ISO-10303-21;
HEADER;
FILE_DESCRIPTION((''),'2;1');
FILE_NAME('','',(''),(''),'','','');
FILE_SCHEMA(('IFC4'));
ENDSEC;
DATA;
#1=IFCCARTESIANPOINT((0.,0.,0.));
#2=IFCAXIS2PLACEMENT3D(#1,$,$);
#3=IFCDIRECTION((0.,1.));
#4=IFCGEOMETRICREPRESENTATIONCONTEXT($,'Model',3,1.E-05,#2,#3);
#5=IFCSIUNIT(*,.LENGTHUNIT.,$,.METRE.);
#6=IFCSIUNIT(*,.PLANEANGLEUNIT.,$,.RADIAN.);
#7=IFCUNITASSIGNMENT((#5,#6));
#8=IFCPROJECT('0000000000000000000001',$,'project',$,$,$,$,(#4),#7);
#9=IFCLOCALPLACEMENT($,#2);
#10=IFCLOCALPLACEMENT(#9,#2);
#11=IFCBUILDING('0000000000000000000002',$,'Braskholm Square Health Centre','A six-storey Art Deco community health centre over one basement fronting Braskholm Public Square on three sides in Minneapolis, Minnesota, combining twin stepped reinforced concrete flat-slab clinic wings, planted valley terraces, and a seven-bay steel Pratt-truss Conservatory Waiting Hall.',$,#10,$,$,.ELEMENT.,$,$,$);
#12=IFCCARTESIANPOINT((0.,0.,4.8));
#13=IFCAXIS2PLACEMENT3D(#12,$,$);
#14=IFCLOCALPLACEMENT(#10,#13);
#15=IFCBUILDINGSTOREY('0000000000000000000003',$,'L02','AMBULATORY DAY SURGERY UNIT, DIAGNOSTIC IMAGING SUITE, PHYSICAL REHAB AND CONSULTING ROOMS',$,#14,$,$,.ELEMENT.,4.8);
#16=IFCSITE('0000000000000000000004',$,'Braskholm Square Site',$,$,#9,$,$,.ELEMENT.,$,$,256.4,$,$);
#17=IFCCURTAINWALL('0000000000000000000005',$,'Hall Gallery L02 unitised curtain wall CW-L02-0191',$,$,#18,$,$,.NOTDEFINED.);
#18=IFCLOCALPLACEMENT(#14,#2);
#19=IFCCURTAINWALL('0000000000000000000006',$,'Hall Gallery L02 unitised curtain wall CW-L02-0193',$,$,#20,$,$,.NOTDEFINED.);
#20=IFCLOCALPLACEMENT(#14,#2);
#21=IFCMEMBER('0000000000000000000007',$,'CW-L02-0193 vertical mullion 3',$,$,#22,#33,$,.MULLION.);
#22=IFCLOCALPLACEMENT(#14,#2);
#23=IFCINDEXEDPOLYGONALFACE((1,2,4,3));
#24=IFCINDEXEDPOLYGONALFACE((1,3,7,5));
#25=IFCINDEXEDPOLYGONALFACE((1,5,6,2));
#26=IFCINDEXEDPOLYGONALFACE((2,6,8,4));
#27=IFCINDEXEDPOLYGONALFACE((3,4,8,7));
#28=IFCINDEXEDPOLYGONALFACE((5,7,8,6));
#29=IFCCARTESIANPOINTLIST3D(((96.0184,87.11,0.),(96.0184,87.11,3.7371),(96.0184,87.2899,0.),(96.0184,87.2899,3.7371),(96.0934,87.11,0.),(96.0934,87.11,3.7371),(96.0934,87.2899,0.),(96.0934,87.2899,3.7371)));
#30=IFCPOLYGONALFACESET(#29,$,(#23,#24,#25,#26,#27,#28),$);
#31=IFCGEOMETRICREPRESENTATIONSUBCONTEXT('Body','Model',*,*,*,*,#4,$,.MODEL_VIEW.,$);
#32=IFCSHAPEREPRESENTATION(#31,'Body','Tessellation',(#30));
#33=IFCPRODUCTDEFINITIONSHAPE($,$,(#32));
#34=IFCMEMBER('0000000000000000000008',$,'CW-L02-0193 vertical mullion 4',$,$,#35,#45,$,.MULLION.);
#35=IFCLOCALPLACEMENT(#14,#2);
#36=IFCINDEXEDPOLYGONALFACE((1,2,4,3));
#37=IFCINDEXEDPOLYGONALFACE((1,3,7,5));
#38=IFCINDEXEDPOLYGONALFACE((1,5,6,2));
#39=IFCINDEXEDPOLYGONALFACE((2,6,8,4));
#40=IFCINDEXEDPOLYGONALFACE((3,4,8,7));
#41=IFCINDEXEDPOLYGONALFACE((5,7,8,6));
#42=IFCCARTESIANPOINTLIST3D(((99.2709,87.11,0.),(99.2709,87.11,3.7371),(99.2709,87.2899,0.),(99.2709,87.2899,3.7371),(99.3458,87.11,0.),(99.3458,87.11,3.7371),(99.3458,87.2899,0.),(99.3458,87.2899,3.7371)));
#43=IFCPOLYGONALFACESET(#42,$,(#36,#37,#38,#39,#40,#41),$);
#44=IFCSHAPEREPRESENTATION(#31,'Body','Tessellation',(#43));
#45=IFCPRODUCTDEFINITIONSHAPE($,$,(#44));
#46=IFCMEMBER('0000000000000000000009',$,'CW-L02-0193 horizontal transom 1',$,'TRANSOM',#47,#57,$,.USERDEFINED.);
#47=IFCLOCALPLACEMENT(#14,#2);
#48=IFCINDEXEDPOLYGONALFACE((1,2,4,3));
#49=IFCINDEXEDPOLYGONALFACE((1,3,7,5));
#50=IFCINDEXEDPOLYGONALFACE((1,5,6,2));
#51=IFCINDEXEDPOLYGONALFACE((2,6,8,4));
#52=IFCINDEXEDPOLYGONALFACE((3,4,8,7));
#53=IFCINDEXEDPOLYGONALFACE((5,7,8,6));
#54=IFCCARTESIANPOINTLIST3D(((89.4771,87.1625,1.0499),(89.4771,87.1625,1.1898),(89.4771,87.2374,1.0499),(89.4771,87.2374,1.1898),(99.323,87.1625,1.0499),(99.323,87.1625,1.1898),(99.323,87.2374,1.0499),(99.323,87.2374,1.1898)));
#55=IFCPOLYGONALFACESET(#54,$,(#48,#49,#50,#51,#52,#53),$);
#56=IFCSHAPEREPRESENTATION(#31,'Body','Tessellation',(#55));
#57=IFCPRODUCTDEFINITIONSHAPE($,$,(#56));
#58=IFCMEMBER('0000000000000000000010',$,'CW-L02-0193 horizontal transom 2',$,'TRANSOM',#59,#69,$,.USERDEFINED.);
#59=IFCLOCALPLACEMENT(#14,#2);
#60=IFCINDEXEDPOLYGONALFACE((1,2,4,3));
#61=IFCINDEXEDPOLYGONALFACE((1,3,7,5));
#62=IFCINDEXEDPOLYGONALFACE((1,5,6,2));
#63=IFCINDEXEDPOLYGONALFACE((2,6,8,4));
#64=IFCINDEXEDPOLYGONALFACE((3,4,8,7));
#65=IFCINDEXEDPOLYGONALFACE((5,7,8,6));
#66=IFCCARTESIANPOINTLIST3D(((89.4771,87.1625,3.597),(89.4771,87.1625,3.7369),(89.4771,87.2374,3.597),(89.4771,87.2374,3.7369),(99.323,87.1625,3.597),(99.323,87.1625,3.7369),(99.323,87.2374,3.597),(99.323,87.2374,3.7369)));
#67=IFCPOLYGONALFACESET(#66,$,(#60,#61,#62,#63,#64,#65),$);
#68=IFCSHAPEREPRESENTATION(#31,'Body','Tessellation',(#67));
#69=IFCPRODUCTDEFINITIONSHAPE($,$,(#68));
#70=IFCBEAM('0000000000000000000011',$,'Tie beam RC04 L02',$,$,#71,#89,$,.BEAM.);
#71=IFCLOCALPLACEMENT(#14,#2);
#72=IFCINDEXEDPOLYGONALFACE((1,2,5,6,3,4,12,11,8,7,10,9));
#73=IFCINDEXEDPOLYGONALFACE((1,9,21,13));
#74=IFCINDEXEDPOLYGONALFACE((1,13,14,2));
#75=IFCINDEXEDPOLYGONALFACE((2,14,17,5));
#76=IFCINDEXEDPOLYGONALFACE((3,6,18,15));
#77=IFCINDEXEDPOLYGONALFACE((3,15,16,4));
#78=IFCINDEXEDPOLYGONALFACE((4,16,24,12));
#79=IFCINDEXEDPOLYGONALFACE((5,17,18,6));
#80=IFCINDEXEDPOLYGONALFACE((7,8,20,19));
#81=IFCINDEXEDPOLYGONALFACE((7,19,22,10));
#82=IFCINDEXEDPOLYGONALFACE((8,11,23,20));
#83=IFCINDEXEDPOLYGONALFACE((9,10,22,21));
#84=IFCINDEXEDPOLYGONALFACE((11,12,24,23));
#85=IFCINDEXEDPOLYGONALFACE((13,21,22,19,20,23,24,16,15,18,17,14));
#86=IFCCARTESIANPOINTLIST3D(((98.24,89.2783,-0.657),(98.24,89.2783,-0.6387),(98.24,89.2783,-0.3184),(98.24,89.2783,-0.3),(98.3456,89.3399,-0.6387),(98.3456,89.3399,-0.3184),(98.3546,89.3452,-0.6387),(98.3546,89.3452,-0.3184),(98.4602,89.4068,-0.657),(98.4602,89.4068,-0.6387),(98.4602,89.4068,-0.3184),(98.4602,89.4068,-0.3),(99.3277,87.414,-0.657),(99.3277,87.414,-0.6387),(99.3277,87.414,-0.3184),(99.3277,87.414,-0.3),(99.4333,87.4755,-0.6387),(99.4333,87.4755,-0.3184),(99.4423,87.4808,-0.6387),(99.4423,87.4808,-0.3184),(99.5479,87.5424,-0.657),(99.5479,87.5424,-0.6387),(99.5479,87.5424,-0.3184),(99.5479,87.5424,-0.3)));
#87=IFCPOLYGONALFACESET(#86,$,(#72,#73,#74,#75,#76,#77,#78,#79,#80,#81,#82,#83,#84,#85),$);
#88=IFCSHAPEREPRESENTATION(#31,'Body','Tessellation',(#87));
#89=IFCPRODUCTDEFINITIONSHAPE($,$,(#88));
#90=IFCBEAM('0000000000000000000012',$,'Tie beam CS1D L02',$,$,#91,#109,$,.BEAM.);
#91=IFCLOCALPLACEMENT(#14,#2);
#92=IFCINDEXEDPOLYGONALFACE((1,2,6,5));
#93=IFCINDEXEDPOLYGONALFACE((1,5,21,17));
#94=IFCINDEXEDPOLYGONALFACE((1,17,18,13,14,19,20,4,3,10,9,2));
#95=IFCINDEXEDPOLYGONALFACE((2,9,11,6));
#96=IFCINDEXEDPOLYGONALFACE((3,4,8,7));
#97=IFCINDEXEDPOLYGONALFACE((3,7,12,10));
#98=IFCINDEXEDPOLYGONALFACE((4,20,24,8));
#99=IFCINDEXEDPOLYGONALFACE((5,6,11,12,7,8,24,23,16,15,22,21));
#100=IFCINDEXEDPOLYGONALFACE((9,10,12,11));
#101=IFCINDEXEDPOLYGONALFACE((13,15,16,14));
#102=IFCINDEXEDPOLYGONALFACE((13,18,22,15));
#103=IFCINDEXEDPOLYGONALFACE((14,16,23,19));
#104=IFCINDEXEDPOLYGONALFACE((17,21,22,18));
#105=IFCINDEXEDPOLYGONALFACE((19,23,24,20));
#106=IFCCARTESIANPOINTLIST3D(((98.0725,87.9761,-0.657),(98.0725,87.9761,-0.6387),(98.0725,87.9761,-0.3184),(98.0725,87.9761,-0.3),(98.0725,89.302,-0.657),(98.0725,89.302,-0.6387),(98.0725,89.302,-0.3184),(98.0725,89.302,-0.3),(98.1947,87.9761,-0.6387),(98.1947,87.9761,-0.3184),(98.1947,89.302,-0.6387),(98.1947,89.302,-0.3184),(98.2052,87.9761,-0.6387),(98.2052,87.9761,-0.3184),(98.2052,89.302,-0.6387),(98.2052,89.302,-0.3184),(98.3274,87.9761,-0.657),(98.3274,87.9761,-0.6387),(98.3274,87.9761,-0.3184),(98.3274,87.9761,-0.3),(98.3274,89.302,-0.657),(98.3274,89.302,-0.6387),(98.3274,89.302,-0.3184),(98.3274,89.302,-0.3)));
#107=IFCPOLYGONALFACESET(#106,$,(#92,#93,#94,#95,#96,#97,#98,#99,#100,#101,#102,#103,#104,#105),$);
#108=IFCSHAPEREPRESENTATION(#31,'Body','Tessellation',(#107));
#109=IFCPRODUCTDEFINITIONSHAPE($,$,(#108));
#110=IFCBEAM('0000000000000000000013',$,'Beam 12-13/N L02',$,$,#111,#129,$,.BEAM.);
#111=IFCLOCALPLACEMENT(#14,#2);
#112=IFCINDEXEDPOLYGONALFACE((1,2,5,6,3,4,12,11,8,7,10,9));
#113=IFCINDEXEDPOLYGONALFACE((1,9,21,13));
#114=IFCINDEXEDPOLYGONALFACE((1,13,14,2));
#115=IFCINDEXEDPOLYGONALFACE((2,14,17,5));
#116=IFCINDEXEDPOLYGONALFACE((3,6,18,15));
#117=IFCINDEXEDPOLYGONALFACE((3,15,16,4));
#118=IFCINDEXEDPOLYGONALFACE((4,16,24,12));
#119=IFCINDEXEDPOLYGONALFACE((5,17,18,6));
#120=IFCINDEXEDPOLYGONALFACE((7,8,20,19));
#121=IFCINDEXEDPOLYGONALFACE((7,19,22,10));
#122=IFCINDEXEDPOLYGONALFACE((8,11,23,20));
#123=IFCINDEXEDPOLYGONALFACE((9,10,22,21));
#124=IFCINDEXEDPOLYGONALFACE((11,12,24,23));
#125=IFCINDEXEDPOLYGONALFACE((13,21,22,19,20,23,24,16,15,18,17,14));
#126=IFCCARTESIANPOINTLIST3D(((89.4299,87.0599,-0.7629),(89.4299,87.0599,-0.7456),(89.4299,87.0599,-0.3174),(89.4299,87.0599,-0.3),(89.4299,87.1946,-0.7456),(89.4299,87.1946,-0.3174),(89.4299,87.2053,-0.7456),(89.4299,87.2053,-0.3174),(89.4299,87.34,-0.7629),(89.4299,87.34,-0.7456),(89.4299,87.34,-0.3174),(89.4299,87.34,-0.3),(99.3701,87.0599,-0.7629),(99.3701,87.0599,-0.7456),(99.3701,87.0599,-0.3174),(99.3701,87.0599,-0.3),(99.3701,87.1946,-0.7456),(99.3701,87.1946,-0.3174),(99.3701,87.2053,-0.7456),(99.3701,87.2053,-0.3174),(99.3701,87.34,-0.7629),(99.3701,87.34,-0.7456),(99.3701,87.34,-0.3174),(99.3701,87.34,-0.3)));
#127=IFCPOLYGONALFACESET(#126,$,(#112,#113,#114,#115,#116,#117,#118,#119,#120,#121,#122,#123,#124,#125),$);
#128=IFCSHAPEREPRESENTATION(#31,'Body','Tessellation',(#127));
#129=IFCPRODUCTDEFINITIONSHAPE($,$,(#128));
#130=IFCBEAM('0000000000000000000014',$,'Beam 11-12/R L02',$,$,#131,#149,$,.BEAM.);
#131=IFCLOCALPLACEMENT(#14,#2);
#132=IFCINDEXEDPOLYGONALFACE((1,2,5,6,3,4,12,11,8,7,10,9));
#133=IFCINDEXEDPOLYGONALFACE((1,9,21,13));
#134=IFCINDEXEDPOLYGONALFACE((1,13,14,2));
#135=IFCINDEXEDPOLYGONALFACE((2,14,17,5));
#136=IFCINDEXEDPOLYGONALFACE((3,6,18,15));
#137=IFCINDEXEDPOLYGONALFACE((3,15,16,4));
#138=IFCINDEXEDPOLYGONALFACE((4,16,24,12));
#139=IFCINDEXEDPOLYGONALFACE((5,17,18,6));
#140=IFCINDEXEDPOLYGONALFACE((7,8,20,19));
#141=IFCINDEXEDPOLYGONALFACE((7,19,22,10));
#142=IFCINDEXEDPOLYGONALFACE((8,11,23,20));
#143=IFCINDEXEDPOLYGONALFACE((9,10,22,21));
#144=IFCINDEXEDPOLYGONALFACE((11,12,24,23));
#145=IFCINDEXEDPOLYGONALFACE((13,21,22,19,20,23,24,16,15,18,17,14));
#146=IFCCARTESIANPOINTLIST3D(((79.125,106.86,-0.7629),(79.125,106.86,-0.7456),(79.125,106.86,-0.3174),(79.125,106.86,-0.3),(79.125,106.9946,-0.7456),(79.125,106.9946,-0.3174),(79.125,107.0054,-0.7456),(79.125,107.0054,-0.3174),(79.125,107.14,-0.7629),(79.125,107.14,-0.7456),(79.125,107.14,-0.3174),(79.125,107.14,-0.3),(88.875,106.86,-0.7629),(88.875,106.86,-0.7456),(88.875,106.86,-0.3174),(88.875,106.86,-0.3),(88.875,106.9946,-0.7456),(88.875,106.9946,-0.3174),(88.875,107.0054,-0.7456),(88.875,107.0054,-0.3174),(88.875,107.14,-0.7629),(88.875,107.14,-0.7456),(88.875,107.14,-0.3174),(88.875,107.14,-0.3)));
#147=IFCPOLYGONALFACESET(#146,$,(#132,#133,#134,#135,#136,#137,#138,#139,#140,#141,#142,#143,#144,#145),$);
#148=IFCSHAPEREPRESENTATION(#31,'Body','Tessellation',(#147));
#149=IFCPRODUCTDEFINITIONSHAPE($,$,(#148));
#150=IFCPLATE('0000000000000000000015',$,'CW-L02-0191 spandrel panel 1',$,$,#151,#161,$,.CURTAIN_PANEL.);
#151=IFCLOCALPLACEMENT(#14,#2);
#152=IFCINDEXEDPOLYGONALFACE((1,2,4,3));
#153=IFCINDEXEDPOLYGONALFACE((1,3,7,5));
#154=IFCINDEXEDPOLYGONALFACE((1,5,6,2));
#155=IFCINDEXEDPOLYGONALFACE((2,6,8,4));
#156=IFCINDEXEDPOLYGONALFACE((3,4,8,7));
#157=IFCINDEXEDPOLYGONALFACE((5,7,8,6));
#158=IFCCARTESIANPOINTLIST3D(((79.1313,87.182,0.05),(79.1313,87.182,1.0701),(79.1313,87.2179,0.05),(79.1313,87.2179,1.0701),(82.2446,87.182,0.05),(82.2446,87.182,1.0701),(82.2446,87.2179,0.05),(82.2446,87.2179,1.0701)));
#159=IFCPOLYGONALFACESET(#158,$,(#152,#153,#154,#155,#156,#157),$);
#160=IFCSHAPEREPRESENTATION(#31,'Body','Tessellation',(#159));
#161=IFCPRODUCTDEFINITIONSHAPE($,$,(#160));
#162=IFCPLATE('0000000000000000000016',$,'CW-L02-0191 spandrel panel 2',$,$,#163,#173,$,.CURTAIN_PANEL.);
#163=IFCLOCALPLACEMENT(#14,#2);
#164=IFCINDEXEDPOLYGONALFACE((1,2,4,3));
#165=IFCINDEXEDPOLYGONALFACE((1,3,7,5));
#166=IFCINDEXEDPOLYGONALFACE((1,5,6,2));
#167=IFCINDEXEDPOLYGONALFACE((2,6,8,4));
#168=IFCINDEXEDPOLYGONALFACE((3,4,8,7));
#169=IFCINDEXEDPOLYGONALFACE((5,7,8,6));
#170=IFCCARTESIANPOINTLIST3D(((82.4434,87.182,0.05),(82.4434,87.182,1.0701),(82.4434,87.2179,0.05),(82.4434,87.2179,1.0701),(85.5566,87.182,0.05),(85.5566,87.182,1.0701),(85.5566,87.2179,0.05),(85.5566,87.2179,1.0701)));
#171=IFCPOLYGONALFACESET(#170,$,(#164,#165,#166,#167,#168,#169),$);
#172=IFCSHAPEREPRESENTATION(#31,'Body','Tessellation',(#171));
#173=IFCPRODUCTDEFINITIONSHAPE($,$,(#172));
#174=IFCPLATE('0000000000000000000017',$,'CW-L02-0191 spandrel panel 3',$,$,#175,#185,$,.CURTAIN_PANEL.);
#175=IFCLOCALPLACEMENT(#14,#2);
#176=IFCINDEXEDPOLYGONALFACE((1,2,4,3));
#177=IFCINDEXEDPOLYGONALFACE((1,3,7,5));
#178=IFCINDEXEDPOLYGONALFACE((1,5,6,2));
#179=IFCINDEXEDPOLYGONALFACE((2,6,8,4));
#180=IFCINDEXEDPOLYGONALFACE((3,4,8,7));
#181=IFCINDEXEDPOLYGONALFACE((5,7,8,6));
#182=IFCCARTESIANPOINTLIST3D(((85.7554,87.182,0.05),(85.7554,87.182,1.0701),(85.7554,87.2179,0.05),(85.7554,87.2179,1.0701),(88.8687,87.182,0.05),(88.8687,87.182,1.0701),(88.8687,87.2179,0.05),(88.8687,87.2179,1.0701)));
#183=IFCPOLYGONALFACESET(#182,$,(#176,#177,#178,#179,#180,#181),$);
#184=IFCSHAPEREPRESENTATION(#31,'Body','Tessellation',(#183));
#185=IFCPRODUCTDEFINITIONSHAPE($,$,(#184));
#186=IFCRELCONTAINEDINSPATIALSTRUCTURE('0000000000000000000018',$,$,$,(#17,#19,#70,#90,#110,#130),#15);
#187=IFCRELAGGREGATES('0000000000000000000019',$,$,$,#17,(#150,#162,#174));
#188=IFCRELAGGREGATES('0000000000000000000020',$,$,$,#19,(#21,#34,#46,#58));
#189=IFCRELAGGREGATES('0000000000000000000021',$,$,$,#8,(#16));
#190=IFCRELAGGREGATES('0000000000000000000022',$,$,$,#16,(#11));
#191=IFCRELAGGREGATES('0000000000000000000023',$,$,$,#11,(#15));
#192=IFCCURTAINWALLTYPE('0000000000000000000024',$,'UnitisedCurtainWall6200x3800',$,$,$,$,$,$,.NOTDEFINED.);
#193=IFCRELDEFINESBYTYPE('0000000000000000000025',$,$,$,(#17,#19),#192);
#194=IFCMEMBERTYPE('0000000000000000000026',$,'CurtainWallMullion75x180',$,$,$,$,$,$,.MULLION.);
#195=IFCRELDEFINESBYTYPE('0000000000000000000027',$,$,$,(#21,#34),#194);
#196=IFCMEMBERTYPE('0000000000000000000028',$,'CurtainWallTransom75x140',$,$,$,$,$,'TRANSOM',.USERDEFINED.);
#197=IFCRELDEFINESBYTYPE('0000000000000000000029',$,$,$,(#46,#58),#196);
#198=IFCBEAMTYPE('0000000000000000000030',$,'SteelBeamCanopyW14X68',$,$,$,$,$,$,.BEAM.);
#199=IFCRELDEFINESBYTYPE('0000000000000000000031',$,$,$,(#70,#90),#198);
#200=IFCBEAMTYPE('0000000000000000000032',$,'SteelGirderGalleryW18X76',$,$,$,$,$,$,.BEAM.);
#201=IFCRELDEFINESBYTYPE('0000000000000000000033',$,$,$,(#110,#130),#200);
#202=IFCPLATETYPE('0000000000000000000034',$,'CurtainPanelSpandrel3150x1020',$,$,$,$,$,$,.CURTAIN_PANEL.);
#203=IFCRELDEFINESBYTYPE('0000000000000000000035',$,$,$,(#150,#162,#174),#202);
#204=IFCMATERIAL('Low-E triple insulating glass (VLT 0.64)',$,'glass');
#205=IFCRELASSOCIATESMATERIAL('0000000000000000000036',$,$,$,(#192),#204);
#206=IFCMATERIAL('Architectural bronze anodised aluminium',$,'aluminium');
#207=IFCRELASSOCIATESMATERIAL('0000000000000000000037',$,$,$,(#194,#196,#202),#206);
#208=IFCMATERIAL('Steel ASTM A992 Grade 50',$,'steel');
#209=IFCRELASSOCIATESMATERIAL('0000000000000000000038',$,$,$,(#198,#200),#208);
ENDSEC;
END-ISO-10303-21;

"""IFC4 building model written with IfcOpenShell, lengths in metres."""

from ifc_helpers import new_model, si_unit, direction, frame, origin, origin_2d, place, context, subcontext, project, spatial, rectangle, i_section, extrude, material, material_profile, profile_set, type_object, element, aggregate, save


model = new_model("IFC4")

# Units and contexts
model_context = context("Model", 3, precision=1e-05, world=origin(), true_north=direction((0.0, 1.0)))
body_context = subcontext(model_context, "Body", "Model", "MODEL_VIEW")
ifc_project = project(units=[si_unit("LENGTHUNIT", "METRE"), si_unit("PLANEANGLEUNIT", "RADIAN")], contexts=[model_context])

# Site, building, storey
site_placement = place(None, origin())
site = spatial("IfcSite", under=ifc_project, at=site_placement, Name="Braskholm Square Site", CompositionType="ELEMENT", RefElevation=256.4)
building_placement = place(site_placement, origin())
building = spatial("IfcBuilding", under=site, at=building_placement, Name="Braskholm Square Health Centre", Description="A six-storey Art Deco community health centre over one basement fronting Braskholm Public Square on three sides in Minneapolis, Minnesota, combining twin stepped reinforced concrete flat-slab clinic wings, planted valley terraces, and a seven-bay steel Pratt-truss Conservatory Waiting Hall.", CompositionType="ELEMENT")
storey_placement = place(building_placement, frame((0.0, 0.0, 4.8)))
storey = spatial("IfcBuildingStorey", under=building, at=storey_placement, Name="L02", Description="AMBULATORY DAY SURGERY UNIT, DIAGNOSTIC IMAGING SUITE, PHYSICAL REHAB AND CONSULTING ROOMS", CompositionType="ELEMENT", Elevation=4.8)

# Shared definitions
ifc_material_1 = material(Name="Steel ASTM A992 Grade 50", Category="steel")

# Curtain walls, members
ifc_material_2 = material(Name="Low-E triple insulating glass (VLT 0.64)", Category="glass")
curtain_wall_type = type_object("IfcCurtainWallType", Name="UnitisedCurtainWall6200x3800", PredefinedType="NOTDEFINED", material=ifc_material_2)
curtain_wall_1_placement = place(storey_placement, origin())
curtain_wall_1 = element("IfcCurtainWall", 1, at=curtain_wall_1_placement, inside=storey, type_object=curtain_wall_type, Name="Hall Gallery L02 unitised curtain wall CW-L02-0191", PredefinedType="NOTDEFINED")
ifc_material_3 = material(Name="Architectural bronze anodised aluminium", Category="aluminium")
ifc_material_profile_1 = material_profile(ifc_material_3, rectangle(XDim=0.075, YDim=0.1799, at=origin_2d()), Name="ALU-75X180")
ifc_profile_set_1 = profile_set([ifc_material_profile_1], Name="Architectural bronze anodised aluminium")
member_type_1 = type_object("IfcMemberType", Name="CurtainWallMullion75x180", PredefinedType="MULLION", material=ifc_profile_set_1)
curtain_wall_2_placement = place(storey_placement, origin())
curtain_wall_2 = element("IfcCurtainWall", 2, at=curtain_wall_2_placement, inside=storey, type_object=curtain_wall_type, Name="Hall Gallery L02 unitised curtain wall CW-L02-0193", PredefinedType="NOTDEFINED")
member_1_placement = place(storey_placement, frame((96.0559, 87.2, 0.0), z_axis=(0.0, 0.0, 1.0), x_axis=(1.0, 0.0, 0.0)))
member_1 = element("IfcMember", 3, at=member_1_placement, type_object=member_type_1, Name="CW-L02-0193 vertical mullion 3", PredefinedType="MULLION", context=body_context, shape_type="SweptSolid", body=[
    extrude(rectangle(XDim=0.075, YDim=0.1799, at=origin_2d()), origin(), (0.0, 0.0, 1.0), 3.7371),
])
member_2_placement = place(storey_placement, frame((99.3083, 87.2, 0.0), z_axis=(0.0, 0.0, 1.0), x_axis=(1.0, 0.0, 0.0)))
member_2 = element("IfcMember", 4, at=member_2_placement, type_object=member_type_1, Name="CW-L02-0193 vertical mullion 4", PredefinedType="MULLION", context=body_context, shape_type="SweptSolid", body=[
    extrude(rectangle(XDim=0.075, YDim=0.1799, at=origin_2d()), origin(), (0.0, 0.0, 1.0), 3.7371),
])
ifc_material_profile_2 = material_profile(ifc_material_3, rectangle(XDim=0.075, YDim=0.1399, at=origin_2d()), Name="ALU-75X140")
ifc_profile_set_2 = profile_set([ifc_material_profile_2], Name="Architectural bronze anodised aluminium")
member_type_2 = type_object("IfcMemberType", Name="CurtainWallTransom75x140", ElementType="TRANSOM", PredefinedType="USERDEFINED", material=ifc_profile_set_2)
member_3_placement = place(storey_placement, frame((89.4771, 87.2, 1.1199), z_axis=(1.0, 0.0, 0.0), x_axis=(0.0, 1.0, 0.0)))
member_3 = element("IfcMember", 5, at=member_3_placement, type_object=member_type_2, Name="CW-L02-0193 horizontal transom 1", ObjectType="TRANSOM", PredefinedType="USERDEFINED", context=body_context, shape_type="SweptSolid", body=[
    extrude(rectangle(XDim=0.075, YDim=0.1399, at=origin_2d()), origin(), (0.0, 0.0, 1.0), 9.8459),
])
member_4_placement = place(storey_placement, frame((89.4771, 87.2, 3.667), z_axis=(1.0, 0.0, 0.0), x_axis=(0.0, 1.0, 0.0)))
member_4 = element("IfcMember", 6, at=member_4_placement, type_object=member_type_2, Name="CW-L02-0193 horizontal transom 2", ObjectType="TRANSOM", PredefinedType="USERDEFINED", context=body_context, shape_type="SweptSolid", body=[
    extrude(rectangle(XDim=0.075, YDim=0.1399, at=origin_2d()), origin(), (0.0, 0.0, 1.0), 9.8459),
])

# Beams
ifc_material_profile_3 = material_profile(ifc_material_1, i_section(OverallWidth=0.2549, OverallDepth=0.3569, WebThickness=0.0105, FlangeThickness=0.0183, at=origin_2d()), Name="W14X68")
ifc_profile_set_3 = profile_set([ifc_material_profile_3], Name="Steel ASTM A992 Grade 50")
beam_type_1 = type_object("IfcBeamType", Name="SteelBeamCanopyW14X68", PredefinedType="BEAM", material=ifc_profile_set_3)
beam_1_placement = place(storey_placement, frame((98.3501, 89.3425, -0.4785), z_axis=(0.503927, -0.863746, 0.0), x_axis=(0.863746, 0.503927, 0.0)))
element("IfcBeam", 7, at=beam_1_placement, inside=storey, type_object=beam_type_1, Name="Tie beam RC04 L02", PredefinedType="BEAM", context=body_context, shape_type="SweptSolid", body=[
    extrude(i_section(OverallWidth=0.2549, OverallDepth=0.3569, WebThickness=0.0105, FlangeThickness=0.0183, at=origin_2d()), origin(), (0.0, 0.0, 1.0), 2.1584),
])
beam_2_placement = place(storey_placement, frame((98.2, 87.9761, -0.4785), z_axis=(0.0, 1.0, 0.0), x_axis=(-1.0, 0.0, 0.0)))
element("IfcBeam", 8, at=beam_2_placement, inside=storey, type_object=beam_type_1, Name="Tie beam CS1D L02", PredefinedType="BEAM", context=body_context, shape_type="SweptSolid", body=[
    extrude(i_section(OverallWidth=0.2549, OverallDepth=0.3569, WebThickness=0.0105, FlangeThickness=0.0183, at=origin_2d()), origin(), (0.0, 0.0, 1.0), 1.3259),
])
ifc_material_profile_4 = material_profile(ifc_material_1, i_section(OverallWidth=0.28, OverallDepth=0.4629, WebThickness=0.0107, FlangeThickness=0.0173, at=origin_2d()), Name="W18X76")
ifc_profile_set_4 = profile_set([ifc_material_profile_4], Name="Steel ASTM A992 Grade 50")
beam_type_2 = type_object("IfcBeamType", Name="SteelGirderGalleryW18X76", PredefinedType="BEAM", material=ifc_profile_set_4)
beam_3_placement = place(storey_placement, frame((89.4299, 87.2, -0.5315), z_axis=(1.0, 0.0, 0.0), x_axis=(0.0, 1.0, 0.0)))
element("IfcBeam", 9, at=beam_3_placement, inside=storey, type_object=beam_type_2, Name="Beam 12-13/N L02", PredefinedType="BEAM", context=body_context, shape_type="SweptSolid", body=[
    extrude(i_section(OverallWidth=0.28, OverallDepth=0.4629, WebThickness=0.0107, FlangeThickness=0.0173, at=origin_2d()), origin(), (0.0, 0.0, 1.0), 9.9402),
])
beam_4_placement = place(storey_placement, frame((79.125, 107.0, -0.5315), z_axis=(1.0, 0.0, 0.0), x_axis=(0.0, 1.0, 0.0)))
element("IfcBeam", 10, at=beam_4_placement, inside=storey, type_object=beam_type_2, Name="Beam 11-12/R L02", PredefinedType="BEAM", context=body_context, shape_type="SweptSolid", body=[
    extrude(i_section(OverallWidth=0.28, OverallDepth=0.4629, WebThickness=0.0107, FlangeThickness=0.0173, at=origin_2d()), origin(), (0.0, 0.0, 1.0), 9.75),
])

# Plates
plate_type_1 = type_object("IfcPlateType", Name="CurtainPanelSpandrel3150x1020", PredefinedType="CURTAIN_PANEL", material=ifc_material_3)
plate_1_placement = place(storey_placement, frame((80.688, 87.2, 0.05), z_axis=(0.0, 0.0, 1.0), x_axis=(1.0, 0.0, 0.0)))
plate_1 = element("IfcPlate", 11, at=plate_1_placement, type_object=plate_type_1, Name="CW-L02-0191 spandrel panel 1", PredefinedType="CURTAIN_PANEL", context=body_context, shape_type="SweptSolid", body=[
    extrude(rectangle(XDim=3.1133, YDim=0.0359, at=origin_2d()), origin(), (0.0, 0.0, 1.0), 1.02),
])
plate_2_placement = place(storey_placement, frame((84.0, 87.2, 0.05), z_axis=(0.0, 0.0, 1.0), x_axis=(1.0, 0.0, 0.0)))
plate_2 = element("IfcPlate", 12, at=plate_2_placement, type_object=plate_type_1, Name="CW-L02-0191 spandrel panel 2", PredefinedType="CURTAIN_PANEL", context=body_context, shape_type="SweptSolid", body=[
    extrude(rectangle(XDim=3.1133, YDim=0.0359, at=origin_2d()), origin(), (0.0, 0.0, 1.0), 1.02),
])
plate_3_placement = place(storey_placement, frame((87.312, 87.2, 0.05), z_axis=(0.0, 0.0, 1.0), x_axis=(1.0, 0.0, 0.0)))
plate_3 = element("IfcPlate", 13, at=plate_3_placement, type_object=plate_type_1, Name="CW-L02-0191 spandrel panel 3", PredefinedType="CURTAIN_PANEL", context=body_context, shape_type="SweptSolid", body=[
    extrude(rectangle(XDim=3.1133, YDim=0.0359, at=origin_2d()), origin(), (0.0, 0.0, 1.0), 1.02),
])
aggregate(curtain_wall_1, [plate_1, plate_2, plate_3])
aggregate(curtain_wall_2, [member_1, member_2, member_3, member_4])

save(model, "model.ifc")
